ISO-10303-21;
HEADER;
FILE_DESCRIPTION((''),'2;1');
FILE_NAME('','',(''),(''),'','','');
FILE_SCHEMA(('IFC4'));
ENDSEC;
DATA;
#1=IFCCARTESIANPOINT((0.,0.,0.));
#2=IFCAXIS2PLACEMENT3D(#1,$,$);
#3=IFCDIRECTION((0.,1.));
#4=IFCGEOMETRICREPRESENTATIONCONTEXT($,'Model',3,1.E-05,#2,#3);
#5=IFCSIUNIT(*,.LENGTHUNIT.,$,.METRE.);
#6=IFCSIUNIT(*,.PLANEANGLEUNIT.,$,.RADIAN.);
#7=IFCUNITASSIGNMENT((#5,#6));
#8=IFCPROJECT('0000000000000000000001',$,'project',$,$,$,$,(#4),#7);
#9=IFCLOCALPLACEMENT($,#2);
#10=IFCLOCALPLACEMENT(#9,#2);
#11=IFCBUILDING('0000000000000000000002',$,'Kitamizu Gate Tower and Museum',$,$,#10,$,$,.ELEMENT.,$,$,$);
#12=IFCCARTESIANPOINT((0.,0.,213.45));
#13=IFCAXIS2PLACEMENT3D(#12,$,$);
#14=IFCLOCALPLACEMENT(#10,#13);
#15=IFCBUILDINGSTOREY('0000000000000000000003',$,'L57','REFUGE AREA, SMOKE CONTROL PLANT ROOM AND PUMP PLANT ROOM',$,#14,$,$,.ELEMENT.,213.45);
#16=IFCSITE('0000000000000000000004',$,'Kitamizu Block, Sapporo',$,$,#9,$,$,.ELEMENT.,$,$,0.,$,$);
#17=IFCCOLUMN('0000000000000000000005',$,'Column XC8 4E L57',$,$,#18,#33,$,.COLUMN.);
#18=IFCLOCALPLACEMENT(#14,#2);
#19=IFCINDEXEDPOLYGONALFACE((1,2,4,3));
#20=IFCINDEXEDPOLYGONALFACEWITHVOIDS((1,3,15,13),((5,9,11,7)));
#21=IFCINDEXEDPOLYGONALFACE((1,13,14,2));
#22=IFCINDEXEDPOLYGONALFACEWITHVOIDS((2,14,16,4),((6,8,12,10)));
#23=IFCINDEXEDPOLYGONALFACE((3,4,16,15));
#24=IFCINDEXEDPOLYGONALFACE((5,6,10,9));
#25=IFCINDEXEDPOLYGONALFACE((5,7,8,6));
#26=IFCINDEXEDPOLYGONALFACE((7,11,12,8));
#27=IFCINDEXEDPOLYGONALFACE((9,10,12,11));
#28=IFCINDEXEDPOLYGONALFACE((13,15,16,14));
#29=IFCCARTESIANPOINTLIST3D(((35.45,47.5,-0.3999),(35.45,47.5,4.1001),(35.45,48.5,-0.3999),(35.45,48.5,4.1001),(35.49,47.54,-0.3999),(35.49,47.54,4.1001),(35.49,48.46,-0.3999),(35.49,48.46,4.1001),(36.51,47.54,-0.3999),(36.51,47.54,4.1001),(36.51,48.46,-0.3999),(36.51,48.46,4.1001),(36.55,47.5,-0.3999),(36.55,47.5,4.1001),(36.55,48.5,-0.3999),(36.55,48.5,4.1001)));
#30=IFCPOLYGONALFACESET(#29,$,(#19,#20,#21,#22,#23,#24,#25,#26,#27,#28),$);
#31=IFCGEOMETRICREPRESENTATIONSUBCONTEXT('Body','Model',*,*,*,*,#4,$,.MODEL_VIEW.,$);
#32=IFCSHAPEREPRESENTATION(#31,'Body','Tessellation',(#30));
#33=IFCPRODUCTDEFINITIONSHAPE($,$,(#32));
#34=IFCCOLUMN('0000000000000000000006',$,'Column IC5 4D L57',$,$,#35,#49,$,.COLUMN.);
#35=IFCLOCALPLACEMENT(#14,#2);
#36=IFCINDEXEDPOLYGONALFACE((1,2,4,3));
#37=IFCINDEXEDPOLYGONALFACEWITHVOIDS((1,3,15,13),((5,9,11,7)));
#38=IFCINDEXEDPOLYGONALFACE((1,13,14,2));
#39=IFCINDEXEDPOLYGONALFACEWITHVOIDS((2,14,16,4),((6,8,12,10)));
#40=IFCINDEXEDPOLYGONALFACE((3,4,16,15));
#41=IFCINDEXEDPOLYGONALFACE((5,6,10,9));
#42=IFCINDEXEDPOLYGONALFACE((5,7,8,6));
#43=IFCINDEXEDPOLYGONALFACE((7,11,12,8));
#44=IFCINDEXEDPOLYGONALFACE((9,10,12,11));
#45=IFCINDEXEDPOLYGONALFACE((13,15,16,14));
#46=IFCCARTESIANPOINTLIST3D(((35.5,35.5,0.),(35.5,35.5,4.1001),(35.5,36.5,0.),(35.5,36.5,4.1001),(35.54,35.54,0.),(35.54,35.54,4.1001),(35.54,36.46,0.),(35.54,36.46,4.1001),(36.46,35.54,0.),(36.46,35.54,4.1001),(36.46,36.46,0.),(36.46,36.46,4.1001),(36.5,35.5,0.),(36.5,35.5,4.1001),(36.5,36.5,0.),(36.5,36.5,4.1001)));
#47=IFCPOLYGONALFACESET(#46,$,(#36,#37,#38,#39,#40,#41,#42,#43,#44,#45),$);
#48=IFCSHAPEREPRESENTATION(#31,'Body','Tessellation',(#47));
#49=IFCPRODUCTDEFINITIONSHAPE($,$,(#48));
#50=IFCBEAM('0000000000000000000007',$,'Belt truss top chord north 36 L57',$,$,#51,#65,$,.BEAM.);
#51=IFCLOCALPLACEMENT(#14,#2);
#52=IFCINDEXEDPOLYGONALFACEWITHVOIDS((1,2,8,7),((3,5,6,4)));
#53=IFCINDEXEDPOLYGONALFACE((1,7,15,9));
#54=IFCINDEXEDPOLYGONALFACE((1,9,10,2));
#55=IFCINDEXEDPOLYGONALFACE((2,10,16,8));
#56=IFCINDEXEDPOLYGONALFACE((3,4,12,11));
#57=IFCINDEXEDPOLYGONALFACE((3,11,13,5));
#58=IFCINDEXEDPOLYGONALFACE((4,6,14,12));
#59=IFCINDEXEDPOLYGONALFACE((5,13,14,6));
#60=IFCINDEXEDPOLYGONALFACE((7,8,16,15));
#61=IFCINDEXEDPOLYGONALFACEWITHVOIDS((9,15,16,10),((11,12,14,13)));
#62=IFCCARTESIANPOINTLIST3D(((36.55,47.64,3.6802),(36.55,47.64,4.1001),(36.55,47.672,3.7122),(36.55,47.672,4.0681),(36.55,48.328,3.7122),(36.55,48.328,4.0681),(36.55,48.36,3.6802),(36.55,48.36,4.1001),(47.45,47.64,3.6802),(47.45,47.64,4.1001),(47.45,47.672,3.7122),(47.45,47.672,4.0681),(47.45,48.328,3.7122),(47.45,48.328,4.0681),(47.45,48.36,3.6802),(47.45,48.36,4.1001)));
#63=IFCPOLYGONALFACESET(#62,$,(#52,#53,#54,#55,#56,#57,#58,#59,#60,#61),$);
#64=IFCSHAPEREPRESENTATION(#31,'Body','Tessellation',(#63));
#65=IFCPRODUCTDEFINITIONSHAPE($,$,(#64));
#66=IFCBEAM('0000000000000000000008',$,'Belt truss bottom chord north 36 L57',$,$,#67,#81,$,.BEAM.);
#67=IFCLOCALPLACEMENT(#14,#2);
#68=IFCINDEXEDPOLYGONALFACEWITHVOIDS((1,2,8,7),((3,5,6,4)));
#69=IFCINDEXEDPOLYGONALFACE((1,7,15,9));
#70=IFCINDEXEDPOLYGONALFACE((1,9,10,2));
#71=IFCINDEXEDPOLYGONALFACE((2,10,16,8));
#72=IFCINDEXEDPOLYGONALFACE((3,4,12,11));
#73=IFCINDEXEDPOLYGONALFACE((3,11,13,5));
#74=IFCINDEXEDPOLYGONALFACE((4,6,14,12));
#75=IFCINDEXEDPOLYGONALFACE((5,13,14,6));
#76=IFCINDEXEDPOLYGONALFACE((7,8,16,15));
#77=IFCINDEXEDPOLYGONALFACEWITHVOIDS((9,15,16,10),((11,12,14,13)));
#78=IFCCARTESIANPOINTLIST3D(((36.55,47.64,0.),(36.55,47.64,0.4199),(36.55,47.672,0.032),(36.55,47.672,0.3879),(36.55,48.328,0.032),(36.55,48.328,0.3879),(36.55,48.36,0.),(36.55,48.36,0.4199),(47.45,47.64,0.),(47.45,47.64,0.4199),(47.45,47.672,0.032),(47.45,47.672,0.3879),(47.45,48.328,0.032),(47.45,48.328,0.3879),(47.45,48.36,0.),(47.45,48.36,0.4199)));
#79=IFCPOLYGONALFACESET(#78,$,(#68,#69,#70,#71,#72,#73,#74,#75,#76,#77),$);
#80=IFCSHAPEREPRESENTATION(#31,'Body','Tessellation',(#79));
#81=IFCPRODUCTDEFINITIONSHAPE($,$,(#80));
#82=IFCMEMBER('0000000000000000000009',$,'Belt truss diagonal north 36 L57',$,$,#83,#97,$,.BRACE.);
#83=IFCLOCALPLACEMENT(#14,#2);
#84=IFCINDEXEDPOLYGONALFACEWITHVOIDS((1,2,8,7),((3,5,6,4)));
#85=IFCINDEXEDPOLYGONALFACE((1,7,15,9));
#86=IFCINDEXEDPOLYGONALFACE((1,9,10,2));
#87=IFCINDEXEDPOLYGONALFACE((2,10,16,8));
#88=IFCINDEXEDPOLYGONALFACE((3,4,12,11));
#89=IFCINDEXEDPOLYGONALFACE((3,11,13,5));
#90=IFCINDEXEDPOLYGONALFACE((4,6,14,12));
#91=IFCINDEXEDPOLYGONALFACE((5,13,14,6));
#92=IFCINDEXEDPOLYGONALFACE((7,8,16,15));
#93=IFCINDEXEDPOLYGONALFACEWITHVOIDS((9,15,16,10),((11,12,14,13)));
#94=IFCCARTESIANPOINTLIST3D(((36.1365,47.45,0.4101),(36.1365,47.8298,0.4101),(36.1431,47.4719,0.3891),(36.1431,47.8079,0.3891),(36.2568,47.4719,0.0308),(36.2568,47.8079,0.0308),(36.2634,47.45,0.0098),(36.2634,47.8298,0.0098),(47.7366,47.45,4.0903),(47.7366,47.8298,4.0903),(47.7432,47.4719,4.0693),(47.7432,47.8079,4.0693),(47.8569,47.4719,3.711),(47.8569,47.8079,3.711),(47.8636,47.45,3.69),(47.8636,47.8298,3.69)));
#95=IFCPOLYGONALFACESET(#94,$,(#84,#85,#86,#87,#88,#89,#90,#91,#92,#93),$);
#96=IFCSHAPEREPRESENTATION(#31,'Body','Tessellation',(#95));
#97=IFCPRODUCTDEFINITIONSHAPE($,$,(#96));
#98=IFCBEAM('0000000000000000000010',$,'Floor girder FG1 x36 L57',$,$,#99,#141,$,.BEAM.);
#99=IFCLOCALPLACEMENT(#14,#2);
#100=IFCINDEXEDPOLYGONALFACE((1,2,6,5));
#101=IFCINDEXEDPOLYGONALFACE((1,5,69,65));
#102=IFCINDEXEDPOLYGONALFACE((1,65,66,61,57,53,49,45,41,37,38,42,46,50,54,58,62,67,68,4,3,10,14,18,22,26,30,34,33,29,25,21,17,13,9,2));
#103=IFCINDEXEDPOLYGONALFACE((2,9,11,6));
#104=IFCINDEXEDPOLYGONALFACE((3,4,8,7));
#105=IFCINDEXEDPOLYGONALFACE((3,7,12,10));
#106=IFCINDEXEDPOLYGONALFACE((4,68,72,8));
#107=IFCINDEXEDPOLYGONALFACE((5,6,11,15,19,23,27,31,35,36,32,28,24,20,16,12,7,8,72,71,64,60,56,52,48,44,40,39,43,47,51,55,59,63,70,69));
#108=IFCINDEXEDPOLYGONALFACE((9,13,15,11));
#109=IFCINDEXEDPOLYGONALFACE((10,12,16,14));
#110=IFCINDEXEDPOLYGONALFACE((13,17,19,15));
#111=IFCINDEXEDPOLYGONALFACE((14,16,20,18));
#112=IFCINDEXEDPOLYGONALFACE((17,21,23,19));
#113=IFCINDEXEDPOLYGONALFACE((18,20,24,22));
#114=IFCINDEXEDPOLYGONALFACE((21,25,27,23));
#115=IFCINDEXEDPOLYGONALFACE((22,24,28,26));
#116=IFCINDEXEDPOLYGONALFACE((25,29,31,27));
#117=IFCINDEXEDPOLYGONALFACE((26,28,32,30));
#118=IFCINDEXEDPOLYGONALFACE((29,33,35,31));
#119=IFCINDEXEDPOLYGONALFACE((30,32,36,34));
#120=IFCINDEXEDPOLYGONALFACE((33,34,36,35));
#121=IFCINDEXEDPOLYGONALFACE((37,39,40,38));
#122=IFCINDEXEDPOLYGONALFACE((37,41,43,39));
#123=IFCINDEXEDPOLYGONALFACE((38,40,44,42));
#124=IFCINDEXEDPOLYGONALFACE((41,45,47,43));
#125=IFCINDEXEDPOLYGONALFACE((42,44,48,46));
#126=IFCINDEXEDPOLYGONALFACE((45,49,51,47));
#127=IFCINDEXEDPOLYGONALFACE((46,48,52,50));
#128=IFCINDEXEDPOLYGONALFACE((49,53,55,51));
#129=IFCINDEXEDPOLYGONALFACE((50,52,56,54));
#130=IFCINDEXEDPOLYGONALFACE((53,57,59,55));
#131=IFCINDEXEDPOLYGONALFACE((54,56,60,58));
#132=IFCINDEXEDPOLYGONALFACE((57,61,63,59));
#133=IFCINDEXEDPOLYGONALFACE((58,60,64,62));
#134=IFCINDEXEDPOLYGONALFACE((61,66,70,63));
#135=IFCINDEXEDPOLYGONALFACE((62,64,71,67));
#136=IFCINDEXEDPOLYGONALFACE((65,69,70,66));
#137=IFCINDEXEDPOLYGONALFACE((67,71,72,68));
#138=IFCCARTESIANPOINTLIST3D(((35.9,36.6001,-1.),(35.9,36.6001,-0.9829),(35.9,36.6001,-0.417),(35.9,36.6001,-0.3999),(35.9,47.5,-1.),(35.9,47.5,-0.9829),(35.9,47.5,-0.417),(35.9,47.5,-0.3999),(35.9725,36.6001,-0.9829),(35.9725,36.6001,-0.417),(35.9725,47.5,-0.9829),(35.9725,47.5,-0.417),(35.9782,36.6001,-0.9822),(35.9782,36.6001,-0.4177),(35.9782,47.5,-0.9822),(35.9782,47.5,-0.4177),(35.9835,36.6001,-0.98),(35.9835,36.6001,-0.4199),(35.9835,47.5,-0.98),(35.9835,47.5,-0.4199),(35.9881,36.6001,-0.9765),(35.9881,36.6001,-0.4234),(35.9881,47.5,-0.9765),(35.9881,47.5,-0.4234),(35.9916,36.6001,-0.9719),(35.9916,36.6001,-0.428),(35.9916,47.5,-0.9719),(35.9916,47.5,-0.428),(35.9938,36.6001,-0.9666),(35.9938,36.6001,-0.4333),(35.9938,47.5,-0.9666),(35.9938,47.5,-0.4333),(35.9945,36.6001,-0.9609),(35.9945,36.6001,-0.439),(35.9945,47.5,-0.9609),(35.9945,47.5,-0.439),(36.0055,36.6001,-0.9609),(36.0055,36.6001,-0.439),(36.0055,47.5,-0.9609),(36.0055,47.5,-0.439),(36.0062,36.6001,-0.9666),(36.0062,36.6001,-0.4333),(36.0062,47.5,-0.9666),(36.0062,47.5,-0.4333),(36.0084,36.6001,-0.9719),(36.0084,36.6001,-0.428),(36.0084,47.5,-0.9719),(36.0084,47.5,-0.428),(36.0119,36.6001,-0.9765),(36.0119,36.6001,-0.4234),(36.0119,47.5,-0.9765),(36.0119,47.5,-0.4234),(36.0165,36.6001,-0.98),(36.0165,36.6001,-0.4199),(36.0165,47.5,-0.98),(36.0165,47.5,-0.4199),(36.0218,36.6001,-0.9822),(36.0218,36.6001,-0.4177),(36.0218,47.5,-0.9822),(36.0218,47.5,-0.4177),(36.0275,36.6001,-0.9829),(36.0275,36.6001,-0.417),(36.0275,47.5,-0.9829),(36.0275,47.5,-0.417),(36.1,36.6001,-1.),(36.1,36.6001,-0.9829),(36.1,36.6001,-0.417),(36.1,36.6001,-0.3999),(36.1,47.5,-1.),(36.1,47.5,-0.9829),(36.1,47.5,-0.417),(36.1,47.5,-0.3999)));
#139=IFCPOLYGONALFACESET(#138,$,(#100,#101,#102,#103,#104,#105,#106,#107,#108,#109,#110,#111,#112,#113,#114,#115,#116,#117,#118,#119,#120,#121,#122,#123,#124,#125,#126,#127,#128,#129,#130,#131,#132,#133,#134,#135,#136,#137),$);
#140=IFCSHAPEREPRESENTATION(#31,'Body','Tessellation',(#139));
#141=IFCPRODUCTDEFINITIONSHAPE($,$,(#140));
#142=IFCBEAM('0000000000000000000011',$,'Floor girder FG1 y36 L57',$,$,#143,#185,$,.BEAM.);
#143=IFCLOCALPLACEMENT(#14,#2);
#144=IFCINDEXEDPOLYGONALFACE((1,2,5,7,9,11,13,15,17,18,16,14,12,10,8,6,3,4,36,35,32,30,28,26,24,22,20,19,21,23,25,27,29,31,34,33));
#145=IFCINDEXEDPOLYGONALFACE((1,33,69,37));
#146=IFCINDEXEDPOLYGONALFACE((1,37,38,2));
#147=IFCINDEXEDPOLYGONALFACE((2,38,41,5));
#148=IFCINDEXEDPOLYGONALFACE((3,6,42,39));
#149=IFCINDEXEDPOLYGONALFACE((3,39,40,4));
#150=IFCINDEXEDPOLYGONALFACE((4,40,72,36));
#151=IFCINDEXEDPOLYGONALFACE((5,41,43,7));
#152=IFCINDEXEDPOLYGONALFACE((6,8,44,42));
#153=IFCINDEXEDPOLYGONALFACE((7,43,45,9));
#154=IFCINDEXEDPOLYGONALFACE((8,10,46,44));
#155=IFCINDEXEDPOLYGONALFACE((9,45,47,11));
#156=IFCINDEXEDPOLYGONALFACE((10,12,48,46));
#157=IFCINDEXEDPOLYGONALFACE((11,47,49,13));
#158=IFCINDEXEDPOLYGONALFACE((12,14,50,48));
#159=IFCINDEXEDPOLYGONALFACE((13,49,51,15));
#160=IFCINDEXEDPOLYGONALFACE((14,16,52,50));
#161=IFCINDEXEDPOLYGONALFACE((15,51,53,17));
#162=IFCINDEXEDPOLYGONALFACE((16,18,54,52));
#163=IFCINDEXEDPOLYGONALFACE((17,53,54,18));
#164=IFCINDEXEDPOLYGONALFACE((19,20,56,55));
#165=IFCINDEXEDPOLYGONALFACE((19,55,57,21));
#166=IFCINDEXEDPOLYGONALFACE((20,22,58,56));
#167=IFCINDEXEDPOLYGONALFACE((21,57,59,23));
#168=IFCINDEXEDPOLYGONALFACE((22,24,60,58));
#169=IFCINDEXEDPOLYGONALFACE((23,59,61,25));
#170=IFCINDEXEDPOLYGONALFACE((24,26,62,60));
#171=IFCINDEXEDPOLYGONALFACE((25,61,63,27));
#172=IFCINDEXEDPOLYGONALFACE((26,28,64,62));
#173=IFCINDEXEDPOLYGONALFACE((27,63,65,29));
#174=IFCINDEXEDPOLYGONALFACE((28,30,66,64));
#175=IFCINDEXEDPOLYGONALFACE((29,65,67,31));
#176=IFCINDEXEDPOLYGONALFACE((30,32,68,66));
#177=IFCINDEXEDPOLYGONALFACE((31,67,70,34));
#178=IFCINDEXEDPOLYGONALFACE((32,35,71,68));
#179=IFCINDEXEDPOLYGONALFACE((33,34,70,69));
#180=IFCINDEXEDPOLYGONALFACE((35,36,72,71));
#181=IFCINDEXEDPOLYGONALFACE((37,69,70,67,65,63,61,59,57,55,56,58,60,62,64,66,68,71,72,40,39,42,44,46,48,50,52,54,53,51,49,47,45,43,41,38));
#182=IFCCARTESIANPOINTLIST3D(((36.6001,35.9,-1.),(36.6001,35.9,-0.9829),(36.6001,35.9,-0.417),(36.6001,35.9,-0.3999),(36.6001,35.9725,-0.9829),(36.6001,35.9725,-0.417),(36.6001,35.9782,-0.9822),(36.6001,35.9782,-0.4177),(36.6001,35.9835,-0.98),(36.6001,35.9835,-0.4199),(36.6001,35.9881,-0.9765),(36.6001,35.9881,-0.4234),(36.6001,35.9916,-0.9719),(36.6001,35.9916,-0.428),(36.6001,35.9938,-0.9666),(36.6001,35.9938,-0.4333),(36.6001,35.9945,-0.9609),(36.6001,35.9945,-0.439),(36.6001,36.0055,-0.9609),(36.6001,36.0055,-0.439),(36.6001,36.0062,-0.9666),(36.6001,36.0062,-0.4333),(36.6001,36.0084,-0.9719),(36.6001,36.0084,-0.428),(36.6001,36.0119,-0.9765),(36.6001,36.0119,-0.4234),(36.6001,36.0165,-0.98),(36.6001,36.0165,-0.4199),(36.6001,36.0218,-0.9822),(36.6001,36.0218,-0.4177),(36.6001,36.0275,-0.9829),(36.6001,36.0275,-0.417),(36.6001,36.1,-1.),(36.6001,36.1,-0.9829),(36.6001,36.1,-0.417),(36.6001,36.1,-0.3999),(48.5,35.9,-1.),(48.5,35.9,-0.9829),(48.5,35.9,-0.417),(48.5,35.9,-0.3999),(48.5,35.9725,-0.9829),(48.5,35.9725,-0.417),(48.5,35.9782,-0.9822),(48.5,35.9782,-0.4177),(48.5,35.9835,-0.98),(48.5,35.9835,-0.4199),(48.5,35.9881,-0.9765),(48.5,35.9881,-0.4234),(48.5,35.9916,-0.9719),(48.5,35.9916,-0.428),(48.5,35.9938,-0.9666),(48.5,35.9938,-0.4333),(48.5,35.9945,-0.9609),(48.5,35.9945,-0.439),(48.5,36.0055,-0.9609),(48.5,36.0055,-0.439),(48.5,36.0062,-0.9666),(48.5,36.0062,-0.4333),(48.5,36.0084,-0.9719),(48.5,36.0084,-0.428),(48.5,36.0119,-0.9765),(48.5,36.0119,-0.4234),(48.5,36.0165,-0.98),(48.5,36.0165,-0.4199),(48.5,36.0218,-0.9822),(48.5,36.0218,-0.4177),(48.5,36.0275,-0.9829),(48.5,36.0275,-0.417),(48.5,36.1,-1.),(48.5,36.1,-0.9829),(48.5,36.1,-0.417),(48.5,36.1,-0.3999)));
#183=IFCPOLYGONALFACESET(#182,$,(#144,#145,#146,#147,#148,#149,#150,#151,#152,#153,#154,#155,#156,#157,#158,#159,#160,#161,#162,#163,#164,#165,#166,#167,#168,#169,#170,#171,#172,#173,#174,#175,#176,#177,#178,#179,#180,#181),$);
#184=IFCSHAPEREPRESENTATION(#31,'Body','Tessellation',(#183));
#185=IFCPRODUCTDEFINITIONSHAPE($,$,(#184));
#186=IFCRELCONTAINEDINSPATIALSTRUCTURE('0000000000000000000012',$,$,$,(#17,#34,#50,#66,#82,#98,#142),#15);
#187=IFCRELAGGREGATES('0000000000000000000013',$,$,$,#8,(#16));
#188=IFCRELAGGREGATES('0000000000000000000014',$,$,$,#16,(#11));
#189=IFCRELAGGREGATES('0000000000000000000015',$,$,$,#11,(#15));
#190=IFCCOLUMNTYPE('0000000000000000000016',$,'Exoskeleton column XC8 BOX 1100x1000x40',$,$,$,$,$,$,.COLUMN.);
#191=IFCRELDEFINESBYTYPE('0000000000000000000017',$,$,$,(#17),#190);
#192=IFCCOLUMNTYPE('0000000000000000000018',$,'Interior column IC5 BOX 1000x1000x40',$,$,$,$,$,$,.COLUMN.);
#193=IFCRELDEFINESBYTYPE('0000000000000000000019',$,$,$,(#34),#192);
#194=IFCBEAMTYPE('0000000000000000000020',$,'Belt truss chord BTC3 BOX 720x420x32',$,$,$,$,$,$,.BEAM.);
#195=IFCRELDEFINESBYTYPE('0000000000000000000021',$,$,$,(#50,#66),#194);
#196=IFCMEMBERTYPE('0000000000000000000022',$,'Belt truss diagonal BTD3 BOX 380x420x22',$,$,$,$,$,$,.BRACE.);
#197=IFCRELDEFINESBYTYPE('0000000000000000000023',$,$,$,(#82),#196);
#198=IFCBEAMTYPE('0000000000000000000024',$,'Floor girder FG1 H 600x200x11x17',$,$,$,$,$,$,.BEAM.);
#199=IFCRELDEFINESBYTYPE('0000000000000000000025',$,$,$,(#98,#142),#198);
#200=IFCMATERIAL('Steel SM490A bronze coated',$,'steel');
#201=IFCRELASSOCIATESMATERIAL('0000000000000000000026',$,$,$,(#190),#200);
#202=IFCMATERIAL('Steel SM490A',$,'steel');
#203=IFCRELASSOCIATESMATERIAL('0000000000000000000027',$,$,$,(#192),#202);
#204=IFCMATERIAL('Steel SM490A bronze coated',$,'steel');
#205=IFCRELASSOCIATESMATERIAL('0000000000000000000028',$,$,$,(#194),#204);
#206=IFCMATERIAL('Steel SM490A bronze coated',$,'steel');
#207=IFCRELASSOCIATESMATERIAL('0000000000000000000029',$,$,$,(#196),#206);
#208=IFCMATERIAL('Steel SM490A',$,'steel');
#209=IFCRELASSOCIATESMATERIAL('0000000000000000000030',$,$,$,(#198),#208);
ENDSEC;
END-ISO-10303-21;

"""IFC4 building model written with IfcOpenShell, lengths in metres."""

from ifc_helpers import new_model, si_unit, direction, frame, origin, origin_2d, place, context, subcontext, project, spatial, hollow_rectangle, i_section, extrude, material, material_profile, profile_set, type_object, element, save


model = new_model("IFC4")

# Units and contexts
model_context = context("Model", 3, precision=1e-05, world=origin(), true_north=direction((0.0, 1.0)))
body_context = subcontext(model_context, "Body", "Model", "MODEL_VIEW")
ifc_project = project(units=[si_unit("LENGTHUNIT", "METRE"), si_unit("PLANEANGLEUNIT", "RADIAN")], contexts=[model_context])

# Site, building, storey
site_placement = place(None, origin())
site = spatial("IfcSite", under=ifc_project, at=site_placement, Name="Kitamizu Block, Sapporo", CompositionType="ELEMENT", RefElevation=0.0)
building_placement = place(site_placement, origin())
building = spatial("IfcBuilding", under=site, at=building_placement, Name="Kitamizu Gate Tower and Museum", CompositionType="ELEMENT")
storey_placement = place(building_placement, frame((0.0, 0.0, 213.45)))
storey = spatial("IfcBuildingStorey", under=building, at=storey_placement, Name="L57", Description="REFUGE AREA, SMOKE CONTROL PLANT ROOM AND PUMP PLANT ROOM", CompositionType="ELEMENT", Elevation=213.45)

# Columns
ifc_material_1 = material(Name="Steel SM490A bronze coated", Category="steel")
ifc_material_profile_1 = material_profile(ifc_material_1, hollow_rectangle(XDim=1.1001, YDim=1.0, WallThickness=0.04, at=origin_2d()), Name="BOX 1100x1000x40")
ifc_profile_set_1 = profile_set([ifc_material_profile_1], Name="Steel SM490A bronze coated")
column_type_1 = type_object("IfcColumnType", Name="Exoskeleton column XC8 BOX 1100x1000x40", PredefinedType="COLUMN", material=ifc_profile_set_1)
column_1_placement = place(storey_placement, frame((36.0, 48.0, -0.3999), z_axis=(0.0, 0.0, 1.0), x_axis=(1.0, 0.0, 0.0)))
element("IfcColumn", 1, at=column_1_placement, inside=storey, type_object=column_type_1, Name="Column XC8 4E L57", PredefinedType="COLUMN", context=body_context, shape_type="SweptSolid", body=[
    extrude(hollow_rectangle(XDim=1.1001, YDim=1.0, WallThickness=0.04, at=origin_2d()), origin(), (0.0, 0.0, 1.0), 4.5),
])
ifc_material_2 = material(Name="Steel SM490A", Category="steel")
ifc_material_profile_2 = material_profile(ifc_material_2, hollow_rectangle(XDim=1.0, YDim=1.0, WallThickness=0.04, at=origin_2d()), Name="BOX 1000x1000x40")
ifc_profile_set_2 = profile_set([ifc_material_profile_2], Name="Steel SM490A")
column_type_2 = type_object("IfcColumnType", Name="Interior column IC5 BOX 1000x1000x40", PredefinedType="COLUMN", material=ifc_profile_set_2)
column_2_placement = place(storey_placement, frame((36.0, 36.0, 0.0), z_axis=(0.0, 0.0, 1.0), x_axis=(1.0, 0.0, 0.0)))
element("IfcColumn", 2, at=column_2_placement, inside=storey, type_object=column_type_2, Name="Column IC5 4D L57", PredefinedType="COLUMN", context=body_context, shape_type="SweptSolid", body=[
    extrude(hollow_rectangle(XDim=1.0, YDim=1.0, WallThickness=0.04, at=origin_2d()), origin(), (0.0, 0.0, 1.0), 4.1001),
])

# Beams
ifc_material_3 = material(Name="Steel SM490A bronze coated", Category="steel")
ifc_material_profile_3 = material_profile(ifc_material_3, hollow_rectangle(XDim=0.72, YDim=0.4199, WallThickness=0.032, at=origin_2d()), Name="BOX 720x420x32")
ifc_profile_set_3 = profile_set([ifc_material_profile_3], Name="Steel SM490A bronze coated")
beam_type_1 = type_object("IfcBeamType", Name="Belt truss chord BTC3 BOX 720x420x32", PredefinedType="BEAM", material=ifc_profile_set_3)
for number, where, z_axis, x_axis, name in (
    (3, (36.55, 48.0, 3.8901), (1.0, 0.0, 0.0), (0.0, 1.0, 0.0), "Belt truss top chord north 36 L57"),
    (4, (36.55, 48.0, 0.21), (1.0, 0.0, 0.0), (0.0, 1.0, 0.0), "Belt truss bottom chord north 36 L57"),
):
    element("IfcBeam", number, at=place(storey_placement, frame(where, z_axis=z_axis, x_axis=x_axis)), inside=storey, type_object=beam_type_1, Name=name, PredefinedType="BEAM", context=body_context, shape_type="SweptSolid", body=[
        extrude(hollow_rectangle(XDim=0.72, YDim=0.4199, WallThickness=0.032, at=origin_2d()), origin(), (0.0, 0.0, 1.0), 10.8999),
    ])

# Member
ifc_material_4 = material(Name="Steel SM490A bronze coated", Category="steel")
ifc_material_profile_4 = material_profile(ifc_material_4, hollow_rectangle(XDim=0.3799, YDim=0.4199, WallThickness=0.022, at=origin_2d()), Name="BOX 380x420x22")
ifc_profile_set_4 = profile_set([ifc_material_profile_4], Name="Steel SM490A bronze coated")
member_type = type_object("IfcMemberType", Name="Belt truss diagonal BTD3 BOX 380x420x22", PredefinedType="BRACE", material=ifc_profile_set_4)
member_placement = place(storey_placement, frame((36.2, 47.6399, 0.21), z_axis=(0.953181, 0.0, 0.3024), x_axis=(0.0, 1.0, 0.0)))
element("IfcMember", 5, at=member_placement, inside=storey, type_object=member_type, Name="Belt truss diagonal north 36 L57", PredefinedType="BRACE", context=body_context, shape_type="SweptSolid", body=[
    extrude(hollow_rectangle(XDim=0.3799, YDim=0.4199, WallThickness=0.022, at=origin_2d()), origin(), (0.0, 0.0, 1.0), 12.1699),
])

# Beams
ifc_material_5 = material(Name="Steel SM490A", Category="steel")
ifc_material_profile_5 = material_profile(ifc_material_5, i_section(OverallWidth=0.2, OverallDepth=0.6001, WebThickness=0.011, FlangeThickness=0.0171, FilletRadius=0.022, at=origin_2d()), Name="H-600x200x11x17")
ifc_profile_set_5 = profile_set([ifc_material_profile_5], Name="Steel SM490A")
beam_type_2 = type_object("IfcBeamType", Name="Floor girder FG1 H 600x200x11x17", PredefinedType="BEAM", material=ifc_profile_set_5)
beam_1_placement = place(storey_placement, frame((36.0, 36.6001, -0.7), z_axis=(0.0, 1.0, 0.0), x_axis=(-1.0, 0.0, 0.0)))
element("IfcBeam", 6, at=beam_1_placement, inside=storey, type_object=beam_type_2, Name="Floor girder FG1 x36 L57", PredefinedType="BEAM", context=body_context, shape_type="SweptSolid", body=[
    extrude(i_section(OverallWidth=0.2, OverallDepth=0.6001, WebThickness=0.011, FlangeThickness=0.0171, FilletRadius=0.022, at=origin_2d()), origin(), (0.0, 0.0, 1.0), 10.8999),
])
beam_2_placement = place(storey_placement, frame((36.6001, 36.0, -0.7), z_axis=(1.0, 0.0, 0.0), x_axis=(0.0, 1.0, 0.0)))
element("IfcBeam", 7, at=beam_2_placement, inside=storey, type_object=beam_type_2, Name="Floor girder FG1 y36 L57", PredefinedType="BEAM", context=body_context, shape_type="SweptSolid", body=[
    extrude(i_section(OverallWidth=0.2, OverallDepth=0.6001, WebThickness=0.011, FlangeThickness=0.0171, FilletRadius=0.022, at=origin_2d()), origin(), (0.0, 0.0, 1.0), 11.8999),
])

save(model, "model.ifc")
